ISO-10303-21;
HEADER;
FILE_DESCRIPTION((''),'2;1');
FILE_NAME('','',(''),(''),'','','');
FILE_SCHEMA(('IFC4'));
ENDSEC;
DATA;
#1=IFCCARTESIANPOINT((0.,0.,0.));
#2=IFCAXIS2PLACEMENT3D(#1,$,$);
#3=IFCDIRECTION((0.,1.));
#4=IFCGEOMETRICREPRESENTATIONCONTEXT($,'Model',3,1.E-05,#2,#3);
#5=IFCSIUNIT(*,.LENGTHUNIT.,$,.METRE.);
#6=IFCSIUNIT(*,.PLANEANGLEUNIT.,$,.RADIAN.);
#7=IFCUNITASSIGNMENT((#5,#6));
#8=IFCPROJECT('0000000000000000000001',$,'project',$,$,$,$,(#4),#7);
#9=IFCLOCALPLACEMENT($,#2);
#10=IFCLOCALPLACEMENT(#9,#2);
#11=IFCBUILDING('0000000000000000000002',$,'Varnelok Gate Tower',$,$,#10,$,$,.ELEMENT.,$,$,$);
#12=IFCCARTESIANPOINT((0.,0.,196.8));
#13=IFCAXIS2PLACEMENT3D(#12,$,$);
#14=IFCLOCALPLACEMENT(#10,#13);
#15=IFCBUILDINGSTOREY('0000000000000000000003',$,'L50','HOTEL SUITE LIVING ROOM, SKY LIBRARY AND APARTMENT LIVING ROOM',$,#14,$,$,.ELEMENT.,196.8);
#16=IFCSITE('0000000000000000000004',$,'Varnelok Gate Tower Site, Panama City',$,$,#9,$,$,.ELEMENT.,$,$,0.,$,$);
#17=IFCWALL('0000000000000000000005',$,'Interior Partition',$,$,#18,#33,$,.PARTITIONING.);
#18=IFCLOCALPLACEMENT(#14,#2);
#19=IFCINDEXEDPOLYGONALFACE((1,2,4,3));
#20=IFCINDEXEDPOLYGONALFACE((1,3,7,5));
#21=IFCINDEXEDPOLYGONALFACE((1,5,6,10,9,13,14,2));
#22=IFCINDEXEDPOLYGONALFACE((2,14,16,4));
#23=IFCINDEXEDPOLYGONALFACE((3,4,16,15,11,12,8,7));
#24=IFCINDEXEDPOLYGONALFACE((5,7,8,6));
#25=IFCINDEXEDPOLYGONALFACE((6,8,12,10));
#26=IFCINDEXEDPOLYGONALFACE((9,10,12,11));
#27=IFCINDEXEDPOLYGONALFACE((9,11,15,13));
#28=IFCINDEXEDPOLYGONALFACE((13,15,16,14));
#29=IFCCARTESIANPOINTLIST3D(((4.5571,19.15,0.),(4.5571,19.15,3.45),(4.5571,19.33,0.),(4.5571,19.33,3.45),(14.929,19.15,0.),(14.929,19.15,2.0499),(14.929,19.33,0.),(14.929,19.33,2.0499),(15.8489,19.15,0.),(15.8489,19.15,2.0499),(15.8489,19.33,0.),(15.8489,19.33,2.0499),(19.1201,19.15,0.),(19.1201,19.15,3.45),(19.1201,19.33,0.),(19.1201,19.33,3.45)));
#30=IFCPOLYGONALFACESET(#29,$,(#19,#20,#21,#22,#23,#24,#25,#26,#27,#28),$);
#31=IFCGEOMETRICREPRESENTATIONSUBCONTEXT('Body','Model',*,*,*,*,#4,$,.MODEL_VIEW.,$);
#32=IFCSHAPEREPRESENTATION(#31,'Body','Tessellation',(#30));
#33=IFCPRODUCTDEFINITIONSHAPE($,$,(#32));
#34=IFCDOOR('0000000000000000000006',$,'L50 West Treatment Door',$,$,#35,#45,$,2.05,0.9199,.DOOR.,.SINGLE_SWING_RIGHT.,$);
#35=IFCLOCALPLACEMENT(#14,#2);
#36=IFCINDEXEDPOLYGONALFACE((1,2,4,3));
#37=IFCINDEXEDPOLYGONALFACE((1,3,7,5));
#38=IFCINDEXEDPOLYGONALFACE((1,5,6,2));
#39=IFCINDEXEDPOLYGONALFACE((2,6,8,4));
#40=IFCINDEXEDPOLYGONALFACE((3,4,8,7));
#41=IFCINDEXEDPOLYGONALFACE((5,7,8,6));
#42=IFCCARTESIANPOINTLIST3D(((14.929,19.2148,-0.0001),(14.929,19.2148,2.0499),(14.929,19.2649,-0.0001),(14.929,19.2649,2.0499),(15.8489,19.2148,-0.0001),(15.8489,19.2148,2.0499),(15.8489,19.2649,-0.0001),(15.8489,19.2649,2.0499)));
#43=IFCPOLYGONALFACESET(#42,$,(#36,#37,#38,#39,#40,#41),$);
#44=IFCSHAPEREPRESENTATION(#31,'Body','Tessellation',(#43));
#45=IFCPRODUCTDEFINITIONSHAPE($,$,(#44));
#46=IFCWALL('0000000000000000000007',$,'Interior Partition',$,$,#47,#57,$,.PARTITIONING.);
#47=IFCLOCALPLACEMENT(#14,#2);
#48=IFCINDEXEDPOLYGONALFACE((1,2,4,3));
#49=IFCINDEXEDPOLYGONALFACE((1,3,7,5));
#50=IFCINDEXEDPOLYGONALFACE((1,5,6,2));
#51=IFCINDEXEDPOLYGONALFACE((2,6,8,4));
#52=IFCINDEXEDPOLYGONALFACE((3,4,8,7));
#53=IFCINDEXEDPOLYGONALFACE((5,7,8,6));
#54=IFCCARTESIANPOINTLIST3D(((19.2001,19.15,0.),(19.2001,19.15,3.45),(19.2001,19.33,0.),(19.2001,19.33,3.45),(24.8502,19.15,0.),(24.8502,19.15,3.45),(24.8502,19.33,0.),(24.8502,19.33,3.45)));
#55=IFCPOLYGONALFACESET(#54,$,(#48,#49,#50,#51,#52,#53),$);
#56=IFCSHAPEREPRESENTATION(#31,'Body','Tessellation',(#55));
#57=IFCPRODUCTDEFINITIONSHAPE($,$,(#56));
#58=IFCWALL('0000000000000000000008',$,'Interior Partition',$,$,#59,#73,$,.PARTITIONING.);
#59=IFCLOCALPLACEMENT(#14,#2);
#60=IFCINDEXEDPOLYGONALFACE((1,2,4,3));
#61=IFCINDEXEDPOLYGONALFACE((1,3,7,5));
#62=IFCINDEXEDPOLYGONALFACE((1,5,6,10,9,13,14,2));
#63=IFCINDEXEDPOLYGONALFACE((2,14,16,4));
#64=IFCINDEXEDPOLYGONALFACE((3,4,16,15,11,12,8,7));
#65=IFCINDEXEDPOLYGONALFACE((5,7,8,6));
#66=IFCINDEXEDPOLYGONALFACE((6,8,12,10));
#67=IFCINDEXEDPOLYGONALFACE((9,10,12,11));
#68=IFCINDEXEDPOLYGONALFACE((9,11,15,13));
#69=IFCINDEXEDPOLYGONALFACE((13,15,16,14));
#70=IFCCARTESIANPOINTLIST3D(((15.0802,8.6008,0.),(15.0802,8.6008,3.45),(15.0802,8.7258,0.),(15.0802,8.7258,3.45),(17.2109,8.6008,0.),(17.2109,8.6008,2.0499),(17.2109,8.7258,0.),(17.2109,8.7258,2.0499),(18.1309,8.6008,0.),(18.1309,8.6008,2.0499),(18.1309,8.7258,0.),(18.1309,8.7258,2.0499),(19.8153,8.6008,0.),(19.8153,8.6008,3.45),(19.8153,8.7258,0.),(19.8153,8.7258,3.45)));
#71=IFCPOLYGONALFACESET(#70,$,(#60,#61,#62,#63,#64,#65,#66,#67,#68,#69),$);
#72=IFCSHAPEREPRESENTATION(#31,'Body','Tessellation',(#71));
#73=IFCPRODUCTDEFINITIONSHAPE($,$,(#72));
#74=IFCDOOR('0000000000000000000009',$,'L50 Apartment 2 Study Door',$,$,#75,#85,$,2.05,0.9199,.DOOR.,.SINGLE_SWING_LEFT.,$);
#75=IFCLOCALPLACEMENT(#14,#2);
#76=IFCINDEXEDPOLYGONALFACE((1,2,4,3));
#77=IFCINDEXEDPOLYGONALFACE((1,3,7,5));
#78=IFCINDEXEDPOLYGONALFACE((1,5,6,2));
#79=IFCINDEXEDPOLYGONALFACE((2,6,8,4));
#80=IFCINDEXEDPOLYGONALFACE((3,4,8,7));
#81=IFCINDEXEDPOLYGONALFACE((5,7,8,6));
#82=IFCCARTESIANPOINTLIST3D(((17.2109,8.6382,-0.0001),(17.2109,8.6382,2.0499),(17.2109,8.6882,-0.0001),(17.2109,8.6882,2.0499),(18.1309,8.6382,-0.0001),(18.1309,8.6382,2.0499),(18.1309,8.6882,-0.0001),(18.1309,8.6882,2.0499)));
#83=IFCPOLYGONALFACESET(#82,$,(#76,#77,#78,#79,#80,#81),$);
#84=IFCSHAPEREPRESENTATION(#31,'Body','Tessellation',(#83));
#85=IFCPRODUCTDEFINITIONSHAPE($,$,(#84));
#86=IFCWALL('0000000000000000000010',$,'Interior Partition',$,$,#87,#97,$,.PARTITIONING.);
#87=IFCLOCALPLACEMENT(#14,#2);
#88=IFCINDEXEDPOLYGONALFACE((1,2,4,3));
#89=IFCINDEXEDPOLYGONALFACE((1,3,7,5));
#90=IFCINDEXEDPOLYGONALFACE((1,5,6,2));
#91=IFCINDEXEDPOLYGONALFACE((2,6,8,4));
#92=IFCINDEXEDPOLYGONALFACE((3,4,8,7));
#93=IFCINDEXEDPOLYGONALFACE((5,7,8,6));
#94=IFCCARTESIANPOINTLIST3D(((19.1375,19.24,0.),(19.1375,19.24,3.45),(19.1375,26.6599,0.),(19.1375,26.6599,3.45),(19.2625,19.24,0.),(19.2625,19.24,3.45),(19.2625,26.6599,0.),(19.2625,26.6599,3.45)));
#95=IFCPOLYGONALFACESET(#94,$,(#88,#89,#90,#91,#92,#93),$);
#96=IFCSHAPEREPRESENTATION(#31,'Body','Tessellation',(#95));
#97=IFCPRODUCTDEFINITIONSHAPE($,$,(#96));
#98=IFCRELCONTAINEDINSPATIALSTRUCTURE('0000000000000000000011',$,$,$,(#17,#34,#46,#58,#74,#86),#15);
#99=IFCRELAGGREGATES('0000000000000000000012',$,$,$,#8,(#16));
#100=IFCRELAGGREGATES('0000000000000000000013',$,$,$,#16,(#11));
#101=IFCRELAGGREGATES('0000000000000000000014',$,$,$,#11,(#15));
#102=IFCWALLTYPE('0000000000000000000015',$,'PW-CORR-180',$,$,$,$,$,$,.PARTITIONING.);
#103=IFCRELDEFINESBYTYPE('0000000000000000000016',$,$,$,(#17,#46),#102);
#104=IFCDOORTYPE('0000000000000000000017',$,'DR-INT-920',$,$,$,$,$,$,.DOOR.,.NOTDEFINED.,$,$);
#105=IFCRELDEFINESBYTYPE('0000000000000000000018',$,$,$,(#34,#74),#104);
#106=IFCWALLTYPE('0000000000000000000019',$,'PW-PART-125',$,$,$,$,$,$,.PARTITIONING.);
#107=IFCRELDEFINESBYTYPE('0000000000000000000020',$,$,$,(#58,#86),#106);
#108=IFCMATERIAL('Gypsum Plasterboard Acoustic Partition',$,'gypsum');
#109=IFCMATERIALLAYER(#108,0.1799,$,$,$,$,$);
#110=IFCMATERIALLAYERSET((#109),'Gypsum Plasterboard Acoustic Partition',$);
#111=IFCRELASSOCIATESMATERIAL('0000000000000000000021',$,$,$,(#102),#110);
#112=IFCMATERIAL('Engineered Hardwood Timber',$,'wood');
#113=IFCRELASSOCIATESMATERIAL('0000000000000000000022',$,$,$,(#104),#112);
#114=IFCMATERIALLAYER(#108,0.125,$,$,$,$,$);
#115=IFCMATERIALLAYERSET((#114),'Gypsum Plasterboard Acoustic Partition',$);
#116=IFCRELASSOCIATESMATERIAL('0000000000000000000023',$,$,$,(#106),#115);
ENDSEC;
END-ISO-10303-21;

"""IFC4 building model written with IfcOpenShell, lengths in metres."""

from ifc_helpers import new_model, si_unit, direction, frame, frame_2d, origin, place, context, subcontext, project, spatial, rectangle, extrude, material, layer, layer_set, type_object, element, fill, save


model = new_model("IFC4")

# Units and contexts
model_context = context("Model", 3, precision=1e-05, world=origin(), true_north=direction((0.0, 1.0)))
body_context = subcontext(model_context, "Body", "Model", "MODEL_VIEW")
ifc_project = project(units=[si_unit("LENGTHUNIT", "METRE"), si_unit("PLANEANGLEUNIT", "RADIAN")], contexts=[model_context])

# Site, building, storey
site_placement = place(None, origin())
site = spatial("IfcSite", under=ifc_project, at=site_placement, Name="Varnelok Gate Tower Site, Panama City", CompositionType="ELEMENT", RefElevation=0.0)
building_placement = place(site_placement, origin())
building = spatial("IfcBuilding", under=site, at=building_placement, Name="Varnelok Gate Tower", CompositionType="ELEMENT")
storey_placement = place(building_placement, frame((0.0, 0.0, 196.8)))
storey = spatial("IfcBuildingStorey", under=building, at=storey_placement, Name="L50", Description="HOTEL SUITE LIVING ROOM, SKY LIBRARY AND APARTMENT LIVING ROOM", CompositionType="ELEMENT", Elevation=196.8)

# Wall, opening, door
ifc_material_1 = material(Name="Gypsum Plasterboard Acoustic Partition", Category="gypsum")
ifc_layer_1 = layer(ifc_material_1, 0.1799)
ifc_layer_set_1 = layer_set([ifc_layer_1], Name="Gypsum Plasterboard Acoustic Partition")
wall_type_1 = type_object("IfcWallType", Name="PW-CORR-180", PredefinedType="PARTITIONING", material=ifc_layer_set_1)
ifc_material_2 = material(Name="Engineered Hardwood Timber", Category="wood")
wall_1_placement = place(storey_placement, frame((4.5571, 19.24, 0.0), z_axis=(0.0, 0.0, 1.0), x_axis=(1.0, 0.0, 0.0)))
wall_1 = element("IfcWall", 1, at=wall_1_placement, inside=storey, type_object=wall_type_1, Name="Interior Partition", PredefinedType="PARTITIONING", context=body_context, shape_type="SweptSolid", body=[
    extrude(rectangle(XDim=14.563, YDim=0.1799, at=frame_2d((7.2815, 0.0))), origin(), (0.0, 0.0, 1.0), 3.45),
])
opening_1_placement = place(wall_1_placement, frame((10.3718, 0.0, 0.0)))
opening_1 = element("IfcOpeningElement", 2, at=opening_1_placement, cuts=wall_1, PredefinedType="OPENING", context=body_context, shape_type="SweptSolid", body=[
    extrude(rectangle(XDim=0.9199, YDim=2.05, at=frame_2d((0.46, 1.0249))), frame((0.0, 0.0999, 0.0), z_axis=(0.0, -1.0, 0.0), x_axis=(1.0, 0.0, 0.0)), (0.0, 0.0, 1.0), 0.2),
])
door_type_1 = type_object("IfcDoorType", Name="DR-INT-920", OperationType="NOTDEFINED", PredefinedType="DOOR", material=ifc_material_2)
door_1_placement = place(opening_1_placement, origin())
door_1 = element("IfcDoor", 3, at=door_1_placement, inside=storey, type_object=door_type_1, Name="L50 West Treatment Door", OperationType="SINGLE_SWING_RIGHT", OverallHeight=2.05, OverallWidth=0.9199, PredefinedType="DOOR", context=body_context, shape_type="SweptSolid", body=[
    extrude(rectangle(XDim=0.9199, YDim=2.05, at=frame_2d((0.46, 1.0249))), frame((0.0, 0.0249, 0.0), z_axis=(0.0, -1.0, 0.0), x_axis=(1.0, 0.0, 0.0)), (0.0, 0.0, 1.0), 0.05),
])
fill(opening_1, door_1)

# Wall
wall_2_placement = place(storey_placement, frame((19.2, 19.24, 0.0), z_axis=(0.0, 0.0, 1.0), x_axis=(1.0, 0.0, 0.0)))
element("IfcWall", 4, at=wall_2_placement, inside=storey, type_object=wall_type_1, Name="Interior Partition", PredefinedType="PARTITIONING", context=body_context, shape_type="SweptSolid", body=[
    extrude(rectangle(XDim=5.6501, YDim=0.1799, at=frame_2d((2.8252, 0.0))), origin(), (0.0, 0.0, 1.0), 3.45),
])

# Wall, opening, door
ifc_layer_2 = layer(ifc_material_1, 0.125)
ifc_layer_set_2 = layer_set([ifc_layer_2], Name="Gypsum Plasterboard Acoustic Partition")
wall_type_2 = type_object("IfcWallType", Name="PW-PART-125", PredefinedType="PARTITIONING", material=ifc_layer_set_2)
wall_3_placement = place(storey_placement, frame((15.0801, 8.6633, 0.0), z_axis=(0.0, 0.0, 1.0), x_axis=(1.0, 0.0, 0.0)))
wall_3 = element("IfcWall", 5, at=wall_3_placement, inside=storey, type_object=wall_type_2, Name="Interior Partition", PredefinedType="PARTITIONING", context=body_context, shape_type="SweptSolid", body=[
    extrude(rectangle(XDim=4.7351, YDim=0.125, at=frame_2d((2.3677, 0.0))), origin(), (0.0, 0.0, 1.0), 3.45),
])
opening_2_placement = place(wall_3_placement, frame((2.1309, 0.0, 0.0)))
opening_2 = element("IfcOpeningElement", 6, at=opening_2_placement, cuts=wall_3, PredefinedType="OPENING", context=body_context, shape_type="SweptSolid", body=[
    extrude(rectangle(XDim=0.9199, YDim=2.05, at=frame_2d((0.46, 1.0249))), frame((0.0, 0.0725, 0.0), z_axis=(0.0, -1.0, 0.0), x_axis=(1.0, 0.0, 0.0)), (0.0, 0.0, 1.0), 0.145),
])
door_2_placement = place(opening_2_placement, origin())
door_2 = element("IfcDoor", 7, at=door_2_placement, inside=storey, type_object=door_type_1, Name="L50 Apartment 2 Study Door", OperationType="SINGLE_SWING_LEFT", OverallHeight=2.05, OverallWidth=0.9199, PredefinedType="DOOR", context=body_context, shape_type="SweptSolid", body=[
    extrude(rectangle(XDim=0.9199, YDim=2.05, at=frame_2d((0.46, 1.0249))), frame((0.0, 0.0249, 0.0), z_axis=(0.0, -1.0, 0.0), x_axis=(1.0, 0.0, 0.0)), (0.0, 0.0, 1.0), 0.05),
])
fill(opening_2, door_2)

# Wall
wall_4_placement = place(storey_placement, frame((19.2, 19.24, 0.0), z_axis=(0.0, 0.0, 1.0), x_axis=(0.0, 1.0, 0.0)))
element("IfcWall", 8, at=wall_4_placement, inside=storey, type_object=wall_type_2, Name="Interior Partition", PredefinedType="PARTITIONING", context=body_context, shape_type="SweptSolid", body=[
    extrude(rectangle(XDim=7.4199, YDim=0.125, at=frame_2d((3.71, 0.0))), origin(), (0.0, 0.0, 1.0), 3.45),
])

save(model, "model.ifc")
